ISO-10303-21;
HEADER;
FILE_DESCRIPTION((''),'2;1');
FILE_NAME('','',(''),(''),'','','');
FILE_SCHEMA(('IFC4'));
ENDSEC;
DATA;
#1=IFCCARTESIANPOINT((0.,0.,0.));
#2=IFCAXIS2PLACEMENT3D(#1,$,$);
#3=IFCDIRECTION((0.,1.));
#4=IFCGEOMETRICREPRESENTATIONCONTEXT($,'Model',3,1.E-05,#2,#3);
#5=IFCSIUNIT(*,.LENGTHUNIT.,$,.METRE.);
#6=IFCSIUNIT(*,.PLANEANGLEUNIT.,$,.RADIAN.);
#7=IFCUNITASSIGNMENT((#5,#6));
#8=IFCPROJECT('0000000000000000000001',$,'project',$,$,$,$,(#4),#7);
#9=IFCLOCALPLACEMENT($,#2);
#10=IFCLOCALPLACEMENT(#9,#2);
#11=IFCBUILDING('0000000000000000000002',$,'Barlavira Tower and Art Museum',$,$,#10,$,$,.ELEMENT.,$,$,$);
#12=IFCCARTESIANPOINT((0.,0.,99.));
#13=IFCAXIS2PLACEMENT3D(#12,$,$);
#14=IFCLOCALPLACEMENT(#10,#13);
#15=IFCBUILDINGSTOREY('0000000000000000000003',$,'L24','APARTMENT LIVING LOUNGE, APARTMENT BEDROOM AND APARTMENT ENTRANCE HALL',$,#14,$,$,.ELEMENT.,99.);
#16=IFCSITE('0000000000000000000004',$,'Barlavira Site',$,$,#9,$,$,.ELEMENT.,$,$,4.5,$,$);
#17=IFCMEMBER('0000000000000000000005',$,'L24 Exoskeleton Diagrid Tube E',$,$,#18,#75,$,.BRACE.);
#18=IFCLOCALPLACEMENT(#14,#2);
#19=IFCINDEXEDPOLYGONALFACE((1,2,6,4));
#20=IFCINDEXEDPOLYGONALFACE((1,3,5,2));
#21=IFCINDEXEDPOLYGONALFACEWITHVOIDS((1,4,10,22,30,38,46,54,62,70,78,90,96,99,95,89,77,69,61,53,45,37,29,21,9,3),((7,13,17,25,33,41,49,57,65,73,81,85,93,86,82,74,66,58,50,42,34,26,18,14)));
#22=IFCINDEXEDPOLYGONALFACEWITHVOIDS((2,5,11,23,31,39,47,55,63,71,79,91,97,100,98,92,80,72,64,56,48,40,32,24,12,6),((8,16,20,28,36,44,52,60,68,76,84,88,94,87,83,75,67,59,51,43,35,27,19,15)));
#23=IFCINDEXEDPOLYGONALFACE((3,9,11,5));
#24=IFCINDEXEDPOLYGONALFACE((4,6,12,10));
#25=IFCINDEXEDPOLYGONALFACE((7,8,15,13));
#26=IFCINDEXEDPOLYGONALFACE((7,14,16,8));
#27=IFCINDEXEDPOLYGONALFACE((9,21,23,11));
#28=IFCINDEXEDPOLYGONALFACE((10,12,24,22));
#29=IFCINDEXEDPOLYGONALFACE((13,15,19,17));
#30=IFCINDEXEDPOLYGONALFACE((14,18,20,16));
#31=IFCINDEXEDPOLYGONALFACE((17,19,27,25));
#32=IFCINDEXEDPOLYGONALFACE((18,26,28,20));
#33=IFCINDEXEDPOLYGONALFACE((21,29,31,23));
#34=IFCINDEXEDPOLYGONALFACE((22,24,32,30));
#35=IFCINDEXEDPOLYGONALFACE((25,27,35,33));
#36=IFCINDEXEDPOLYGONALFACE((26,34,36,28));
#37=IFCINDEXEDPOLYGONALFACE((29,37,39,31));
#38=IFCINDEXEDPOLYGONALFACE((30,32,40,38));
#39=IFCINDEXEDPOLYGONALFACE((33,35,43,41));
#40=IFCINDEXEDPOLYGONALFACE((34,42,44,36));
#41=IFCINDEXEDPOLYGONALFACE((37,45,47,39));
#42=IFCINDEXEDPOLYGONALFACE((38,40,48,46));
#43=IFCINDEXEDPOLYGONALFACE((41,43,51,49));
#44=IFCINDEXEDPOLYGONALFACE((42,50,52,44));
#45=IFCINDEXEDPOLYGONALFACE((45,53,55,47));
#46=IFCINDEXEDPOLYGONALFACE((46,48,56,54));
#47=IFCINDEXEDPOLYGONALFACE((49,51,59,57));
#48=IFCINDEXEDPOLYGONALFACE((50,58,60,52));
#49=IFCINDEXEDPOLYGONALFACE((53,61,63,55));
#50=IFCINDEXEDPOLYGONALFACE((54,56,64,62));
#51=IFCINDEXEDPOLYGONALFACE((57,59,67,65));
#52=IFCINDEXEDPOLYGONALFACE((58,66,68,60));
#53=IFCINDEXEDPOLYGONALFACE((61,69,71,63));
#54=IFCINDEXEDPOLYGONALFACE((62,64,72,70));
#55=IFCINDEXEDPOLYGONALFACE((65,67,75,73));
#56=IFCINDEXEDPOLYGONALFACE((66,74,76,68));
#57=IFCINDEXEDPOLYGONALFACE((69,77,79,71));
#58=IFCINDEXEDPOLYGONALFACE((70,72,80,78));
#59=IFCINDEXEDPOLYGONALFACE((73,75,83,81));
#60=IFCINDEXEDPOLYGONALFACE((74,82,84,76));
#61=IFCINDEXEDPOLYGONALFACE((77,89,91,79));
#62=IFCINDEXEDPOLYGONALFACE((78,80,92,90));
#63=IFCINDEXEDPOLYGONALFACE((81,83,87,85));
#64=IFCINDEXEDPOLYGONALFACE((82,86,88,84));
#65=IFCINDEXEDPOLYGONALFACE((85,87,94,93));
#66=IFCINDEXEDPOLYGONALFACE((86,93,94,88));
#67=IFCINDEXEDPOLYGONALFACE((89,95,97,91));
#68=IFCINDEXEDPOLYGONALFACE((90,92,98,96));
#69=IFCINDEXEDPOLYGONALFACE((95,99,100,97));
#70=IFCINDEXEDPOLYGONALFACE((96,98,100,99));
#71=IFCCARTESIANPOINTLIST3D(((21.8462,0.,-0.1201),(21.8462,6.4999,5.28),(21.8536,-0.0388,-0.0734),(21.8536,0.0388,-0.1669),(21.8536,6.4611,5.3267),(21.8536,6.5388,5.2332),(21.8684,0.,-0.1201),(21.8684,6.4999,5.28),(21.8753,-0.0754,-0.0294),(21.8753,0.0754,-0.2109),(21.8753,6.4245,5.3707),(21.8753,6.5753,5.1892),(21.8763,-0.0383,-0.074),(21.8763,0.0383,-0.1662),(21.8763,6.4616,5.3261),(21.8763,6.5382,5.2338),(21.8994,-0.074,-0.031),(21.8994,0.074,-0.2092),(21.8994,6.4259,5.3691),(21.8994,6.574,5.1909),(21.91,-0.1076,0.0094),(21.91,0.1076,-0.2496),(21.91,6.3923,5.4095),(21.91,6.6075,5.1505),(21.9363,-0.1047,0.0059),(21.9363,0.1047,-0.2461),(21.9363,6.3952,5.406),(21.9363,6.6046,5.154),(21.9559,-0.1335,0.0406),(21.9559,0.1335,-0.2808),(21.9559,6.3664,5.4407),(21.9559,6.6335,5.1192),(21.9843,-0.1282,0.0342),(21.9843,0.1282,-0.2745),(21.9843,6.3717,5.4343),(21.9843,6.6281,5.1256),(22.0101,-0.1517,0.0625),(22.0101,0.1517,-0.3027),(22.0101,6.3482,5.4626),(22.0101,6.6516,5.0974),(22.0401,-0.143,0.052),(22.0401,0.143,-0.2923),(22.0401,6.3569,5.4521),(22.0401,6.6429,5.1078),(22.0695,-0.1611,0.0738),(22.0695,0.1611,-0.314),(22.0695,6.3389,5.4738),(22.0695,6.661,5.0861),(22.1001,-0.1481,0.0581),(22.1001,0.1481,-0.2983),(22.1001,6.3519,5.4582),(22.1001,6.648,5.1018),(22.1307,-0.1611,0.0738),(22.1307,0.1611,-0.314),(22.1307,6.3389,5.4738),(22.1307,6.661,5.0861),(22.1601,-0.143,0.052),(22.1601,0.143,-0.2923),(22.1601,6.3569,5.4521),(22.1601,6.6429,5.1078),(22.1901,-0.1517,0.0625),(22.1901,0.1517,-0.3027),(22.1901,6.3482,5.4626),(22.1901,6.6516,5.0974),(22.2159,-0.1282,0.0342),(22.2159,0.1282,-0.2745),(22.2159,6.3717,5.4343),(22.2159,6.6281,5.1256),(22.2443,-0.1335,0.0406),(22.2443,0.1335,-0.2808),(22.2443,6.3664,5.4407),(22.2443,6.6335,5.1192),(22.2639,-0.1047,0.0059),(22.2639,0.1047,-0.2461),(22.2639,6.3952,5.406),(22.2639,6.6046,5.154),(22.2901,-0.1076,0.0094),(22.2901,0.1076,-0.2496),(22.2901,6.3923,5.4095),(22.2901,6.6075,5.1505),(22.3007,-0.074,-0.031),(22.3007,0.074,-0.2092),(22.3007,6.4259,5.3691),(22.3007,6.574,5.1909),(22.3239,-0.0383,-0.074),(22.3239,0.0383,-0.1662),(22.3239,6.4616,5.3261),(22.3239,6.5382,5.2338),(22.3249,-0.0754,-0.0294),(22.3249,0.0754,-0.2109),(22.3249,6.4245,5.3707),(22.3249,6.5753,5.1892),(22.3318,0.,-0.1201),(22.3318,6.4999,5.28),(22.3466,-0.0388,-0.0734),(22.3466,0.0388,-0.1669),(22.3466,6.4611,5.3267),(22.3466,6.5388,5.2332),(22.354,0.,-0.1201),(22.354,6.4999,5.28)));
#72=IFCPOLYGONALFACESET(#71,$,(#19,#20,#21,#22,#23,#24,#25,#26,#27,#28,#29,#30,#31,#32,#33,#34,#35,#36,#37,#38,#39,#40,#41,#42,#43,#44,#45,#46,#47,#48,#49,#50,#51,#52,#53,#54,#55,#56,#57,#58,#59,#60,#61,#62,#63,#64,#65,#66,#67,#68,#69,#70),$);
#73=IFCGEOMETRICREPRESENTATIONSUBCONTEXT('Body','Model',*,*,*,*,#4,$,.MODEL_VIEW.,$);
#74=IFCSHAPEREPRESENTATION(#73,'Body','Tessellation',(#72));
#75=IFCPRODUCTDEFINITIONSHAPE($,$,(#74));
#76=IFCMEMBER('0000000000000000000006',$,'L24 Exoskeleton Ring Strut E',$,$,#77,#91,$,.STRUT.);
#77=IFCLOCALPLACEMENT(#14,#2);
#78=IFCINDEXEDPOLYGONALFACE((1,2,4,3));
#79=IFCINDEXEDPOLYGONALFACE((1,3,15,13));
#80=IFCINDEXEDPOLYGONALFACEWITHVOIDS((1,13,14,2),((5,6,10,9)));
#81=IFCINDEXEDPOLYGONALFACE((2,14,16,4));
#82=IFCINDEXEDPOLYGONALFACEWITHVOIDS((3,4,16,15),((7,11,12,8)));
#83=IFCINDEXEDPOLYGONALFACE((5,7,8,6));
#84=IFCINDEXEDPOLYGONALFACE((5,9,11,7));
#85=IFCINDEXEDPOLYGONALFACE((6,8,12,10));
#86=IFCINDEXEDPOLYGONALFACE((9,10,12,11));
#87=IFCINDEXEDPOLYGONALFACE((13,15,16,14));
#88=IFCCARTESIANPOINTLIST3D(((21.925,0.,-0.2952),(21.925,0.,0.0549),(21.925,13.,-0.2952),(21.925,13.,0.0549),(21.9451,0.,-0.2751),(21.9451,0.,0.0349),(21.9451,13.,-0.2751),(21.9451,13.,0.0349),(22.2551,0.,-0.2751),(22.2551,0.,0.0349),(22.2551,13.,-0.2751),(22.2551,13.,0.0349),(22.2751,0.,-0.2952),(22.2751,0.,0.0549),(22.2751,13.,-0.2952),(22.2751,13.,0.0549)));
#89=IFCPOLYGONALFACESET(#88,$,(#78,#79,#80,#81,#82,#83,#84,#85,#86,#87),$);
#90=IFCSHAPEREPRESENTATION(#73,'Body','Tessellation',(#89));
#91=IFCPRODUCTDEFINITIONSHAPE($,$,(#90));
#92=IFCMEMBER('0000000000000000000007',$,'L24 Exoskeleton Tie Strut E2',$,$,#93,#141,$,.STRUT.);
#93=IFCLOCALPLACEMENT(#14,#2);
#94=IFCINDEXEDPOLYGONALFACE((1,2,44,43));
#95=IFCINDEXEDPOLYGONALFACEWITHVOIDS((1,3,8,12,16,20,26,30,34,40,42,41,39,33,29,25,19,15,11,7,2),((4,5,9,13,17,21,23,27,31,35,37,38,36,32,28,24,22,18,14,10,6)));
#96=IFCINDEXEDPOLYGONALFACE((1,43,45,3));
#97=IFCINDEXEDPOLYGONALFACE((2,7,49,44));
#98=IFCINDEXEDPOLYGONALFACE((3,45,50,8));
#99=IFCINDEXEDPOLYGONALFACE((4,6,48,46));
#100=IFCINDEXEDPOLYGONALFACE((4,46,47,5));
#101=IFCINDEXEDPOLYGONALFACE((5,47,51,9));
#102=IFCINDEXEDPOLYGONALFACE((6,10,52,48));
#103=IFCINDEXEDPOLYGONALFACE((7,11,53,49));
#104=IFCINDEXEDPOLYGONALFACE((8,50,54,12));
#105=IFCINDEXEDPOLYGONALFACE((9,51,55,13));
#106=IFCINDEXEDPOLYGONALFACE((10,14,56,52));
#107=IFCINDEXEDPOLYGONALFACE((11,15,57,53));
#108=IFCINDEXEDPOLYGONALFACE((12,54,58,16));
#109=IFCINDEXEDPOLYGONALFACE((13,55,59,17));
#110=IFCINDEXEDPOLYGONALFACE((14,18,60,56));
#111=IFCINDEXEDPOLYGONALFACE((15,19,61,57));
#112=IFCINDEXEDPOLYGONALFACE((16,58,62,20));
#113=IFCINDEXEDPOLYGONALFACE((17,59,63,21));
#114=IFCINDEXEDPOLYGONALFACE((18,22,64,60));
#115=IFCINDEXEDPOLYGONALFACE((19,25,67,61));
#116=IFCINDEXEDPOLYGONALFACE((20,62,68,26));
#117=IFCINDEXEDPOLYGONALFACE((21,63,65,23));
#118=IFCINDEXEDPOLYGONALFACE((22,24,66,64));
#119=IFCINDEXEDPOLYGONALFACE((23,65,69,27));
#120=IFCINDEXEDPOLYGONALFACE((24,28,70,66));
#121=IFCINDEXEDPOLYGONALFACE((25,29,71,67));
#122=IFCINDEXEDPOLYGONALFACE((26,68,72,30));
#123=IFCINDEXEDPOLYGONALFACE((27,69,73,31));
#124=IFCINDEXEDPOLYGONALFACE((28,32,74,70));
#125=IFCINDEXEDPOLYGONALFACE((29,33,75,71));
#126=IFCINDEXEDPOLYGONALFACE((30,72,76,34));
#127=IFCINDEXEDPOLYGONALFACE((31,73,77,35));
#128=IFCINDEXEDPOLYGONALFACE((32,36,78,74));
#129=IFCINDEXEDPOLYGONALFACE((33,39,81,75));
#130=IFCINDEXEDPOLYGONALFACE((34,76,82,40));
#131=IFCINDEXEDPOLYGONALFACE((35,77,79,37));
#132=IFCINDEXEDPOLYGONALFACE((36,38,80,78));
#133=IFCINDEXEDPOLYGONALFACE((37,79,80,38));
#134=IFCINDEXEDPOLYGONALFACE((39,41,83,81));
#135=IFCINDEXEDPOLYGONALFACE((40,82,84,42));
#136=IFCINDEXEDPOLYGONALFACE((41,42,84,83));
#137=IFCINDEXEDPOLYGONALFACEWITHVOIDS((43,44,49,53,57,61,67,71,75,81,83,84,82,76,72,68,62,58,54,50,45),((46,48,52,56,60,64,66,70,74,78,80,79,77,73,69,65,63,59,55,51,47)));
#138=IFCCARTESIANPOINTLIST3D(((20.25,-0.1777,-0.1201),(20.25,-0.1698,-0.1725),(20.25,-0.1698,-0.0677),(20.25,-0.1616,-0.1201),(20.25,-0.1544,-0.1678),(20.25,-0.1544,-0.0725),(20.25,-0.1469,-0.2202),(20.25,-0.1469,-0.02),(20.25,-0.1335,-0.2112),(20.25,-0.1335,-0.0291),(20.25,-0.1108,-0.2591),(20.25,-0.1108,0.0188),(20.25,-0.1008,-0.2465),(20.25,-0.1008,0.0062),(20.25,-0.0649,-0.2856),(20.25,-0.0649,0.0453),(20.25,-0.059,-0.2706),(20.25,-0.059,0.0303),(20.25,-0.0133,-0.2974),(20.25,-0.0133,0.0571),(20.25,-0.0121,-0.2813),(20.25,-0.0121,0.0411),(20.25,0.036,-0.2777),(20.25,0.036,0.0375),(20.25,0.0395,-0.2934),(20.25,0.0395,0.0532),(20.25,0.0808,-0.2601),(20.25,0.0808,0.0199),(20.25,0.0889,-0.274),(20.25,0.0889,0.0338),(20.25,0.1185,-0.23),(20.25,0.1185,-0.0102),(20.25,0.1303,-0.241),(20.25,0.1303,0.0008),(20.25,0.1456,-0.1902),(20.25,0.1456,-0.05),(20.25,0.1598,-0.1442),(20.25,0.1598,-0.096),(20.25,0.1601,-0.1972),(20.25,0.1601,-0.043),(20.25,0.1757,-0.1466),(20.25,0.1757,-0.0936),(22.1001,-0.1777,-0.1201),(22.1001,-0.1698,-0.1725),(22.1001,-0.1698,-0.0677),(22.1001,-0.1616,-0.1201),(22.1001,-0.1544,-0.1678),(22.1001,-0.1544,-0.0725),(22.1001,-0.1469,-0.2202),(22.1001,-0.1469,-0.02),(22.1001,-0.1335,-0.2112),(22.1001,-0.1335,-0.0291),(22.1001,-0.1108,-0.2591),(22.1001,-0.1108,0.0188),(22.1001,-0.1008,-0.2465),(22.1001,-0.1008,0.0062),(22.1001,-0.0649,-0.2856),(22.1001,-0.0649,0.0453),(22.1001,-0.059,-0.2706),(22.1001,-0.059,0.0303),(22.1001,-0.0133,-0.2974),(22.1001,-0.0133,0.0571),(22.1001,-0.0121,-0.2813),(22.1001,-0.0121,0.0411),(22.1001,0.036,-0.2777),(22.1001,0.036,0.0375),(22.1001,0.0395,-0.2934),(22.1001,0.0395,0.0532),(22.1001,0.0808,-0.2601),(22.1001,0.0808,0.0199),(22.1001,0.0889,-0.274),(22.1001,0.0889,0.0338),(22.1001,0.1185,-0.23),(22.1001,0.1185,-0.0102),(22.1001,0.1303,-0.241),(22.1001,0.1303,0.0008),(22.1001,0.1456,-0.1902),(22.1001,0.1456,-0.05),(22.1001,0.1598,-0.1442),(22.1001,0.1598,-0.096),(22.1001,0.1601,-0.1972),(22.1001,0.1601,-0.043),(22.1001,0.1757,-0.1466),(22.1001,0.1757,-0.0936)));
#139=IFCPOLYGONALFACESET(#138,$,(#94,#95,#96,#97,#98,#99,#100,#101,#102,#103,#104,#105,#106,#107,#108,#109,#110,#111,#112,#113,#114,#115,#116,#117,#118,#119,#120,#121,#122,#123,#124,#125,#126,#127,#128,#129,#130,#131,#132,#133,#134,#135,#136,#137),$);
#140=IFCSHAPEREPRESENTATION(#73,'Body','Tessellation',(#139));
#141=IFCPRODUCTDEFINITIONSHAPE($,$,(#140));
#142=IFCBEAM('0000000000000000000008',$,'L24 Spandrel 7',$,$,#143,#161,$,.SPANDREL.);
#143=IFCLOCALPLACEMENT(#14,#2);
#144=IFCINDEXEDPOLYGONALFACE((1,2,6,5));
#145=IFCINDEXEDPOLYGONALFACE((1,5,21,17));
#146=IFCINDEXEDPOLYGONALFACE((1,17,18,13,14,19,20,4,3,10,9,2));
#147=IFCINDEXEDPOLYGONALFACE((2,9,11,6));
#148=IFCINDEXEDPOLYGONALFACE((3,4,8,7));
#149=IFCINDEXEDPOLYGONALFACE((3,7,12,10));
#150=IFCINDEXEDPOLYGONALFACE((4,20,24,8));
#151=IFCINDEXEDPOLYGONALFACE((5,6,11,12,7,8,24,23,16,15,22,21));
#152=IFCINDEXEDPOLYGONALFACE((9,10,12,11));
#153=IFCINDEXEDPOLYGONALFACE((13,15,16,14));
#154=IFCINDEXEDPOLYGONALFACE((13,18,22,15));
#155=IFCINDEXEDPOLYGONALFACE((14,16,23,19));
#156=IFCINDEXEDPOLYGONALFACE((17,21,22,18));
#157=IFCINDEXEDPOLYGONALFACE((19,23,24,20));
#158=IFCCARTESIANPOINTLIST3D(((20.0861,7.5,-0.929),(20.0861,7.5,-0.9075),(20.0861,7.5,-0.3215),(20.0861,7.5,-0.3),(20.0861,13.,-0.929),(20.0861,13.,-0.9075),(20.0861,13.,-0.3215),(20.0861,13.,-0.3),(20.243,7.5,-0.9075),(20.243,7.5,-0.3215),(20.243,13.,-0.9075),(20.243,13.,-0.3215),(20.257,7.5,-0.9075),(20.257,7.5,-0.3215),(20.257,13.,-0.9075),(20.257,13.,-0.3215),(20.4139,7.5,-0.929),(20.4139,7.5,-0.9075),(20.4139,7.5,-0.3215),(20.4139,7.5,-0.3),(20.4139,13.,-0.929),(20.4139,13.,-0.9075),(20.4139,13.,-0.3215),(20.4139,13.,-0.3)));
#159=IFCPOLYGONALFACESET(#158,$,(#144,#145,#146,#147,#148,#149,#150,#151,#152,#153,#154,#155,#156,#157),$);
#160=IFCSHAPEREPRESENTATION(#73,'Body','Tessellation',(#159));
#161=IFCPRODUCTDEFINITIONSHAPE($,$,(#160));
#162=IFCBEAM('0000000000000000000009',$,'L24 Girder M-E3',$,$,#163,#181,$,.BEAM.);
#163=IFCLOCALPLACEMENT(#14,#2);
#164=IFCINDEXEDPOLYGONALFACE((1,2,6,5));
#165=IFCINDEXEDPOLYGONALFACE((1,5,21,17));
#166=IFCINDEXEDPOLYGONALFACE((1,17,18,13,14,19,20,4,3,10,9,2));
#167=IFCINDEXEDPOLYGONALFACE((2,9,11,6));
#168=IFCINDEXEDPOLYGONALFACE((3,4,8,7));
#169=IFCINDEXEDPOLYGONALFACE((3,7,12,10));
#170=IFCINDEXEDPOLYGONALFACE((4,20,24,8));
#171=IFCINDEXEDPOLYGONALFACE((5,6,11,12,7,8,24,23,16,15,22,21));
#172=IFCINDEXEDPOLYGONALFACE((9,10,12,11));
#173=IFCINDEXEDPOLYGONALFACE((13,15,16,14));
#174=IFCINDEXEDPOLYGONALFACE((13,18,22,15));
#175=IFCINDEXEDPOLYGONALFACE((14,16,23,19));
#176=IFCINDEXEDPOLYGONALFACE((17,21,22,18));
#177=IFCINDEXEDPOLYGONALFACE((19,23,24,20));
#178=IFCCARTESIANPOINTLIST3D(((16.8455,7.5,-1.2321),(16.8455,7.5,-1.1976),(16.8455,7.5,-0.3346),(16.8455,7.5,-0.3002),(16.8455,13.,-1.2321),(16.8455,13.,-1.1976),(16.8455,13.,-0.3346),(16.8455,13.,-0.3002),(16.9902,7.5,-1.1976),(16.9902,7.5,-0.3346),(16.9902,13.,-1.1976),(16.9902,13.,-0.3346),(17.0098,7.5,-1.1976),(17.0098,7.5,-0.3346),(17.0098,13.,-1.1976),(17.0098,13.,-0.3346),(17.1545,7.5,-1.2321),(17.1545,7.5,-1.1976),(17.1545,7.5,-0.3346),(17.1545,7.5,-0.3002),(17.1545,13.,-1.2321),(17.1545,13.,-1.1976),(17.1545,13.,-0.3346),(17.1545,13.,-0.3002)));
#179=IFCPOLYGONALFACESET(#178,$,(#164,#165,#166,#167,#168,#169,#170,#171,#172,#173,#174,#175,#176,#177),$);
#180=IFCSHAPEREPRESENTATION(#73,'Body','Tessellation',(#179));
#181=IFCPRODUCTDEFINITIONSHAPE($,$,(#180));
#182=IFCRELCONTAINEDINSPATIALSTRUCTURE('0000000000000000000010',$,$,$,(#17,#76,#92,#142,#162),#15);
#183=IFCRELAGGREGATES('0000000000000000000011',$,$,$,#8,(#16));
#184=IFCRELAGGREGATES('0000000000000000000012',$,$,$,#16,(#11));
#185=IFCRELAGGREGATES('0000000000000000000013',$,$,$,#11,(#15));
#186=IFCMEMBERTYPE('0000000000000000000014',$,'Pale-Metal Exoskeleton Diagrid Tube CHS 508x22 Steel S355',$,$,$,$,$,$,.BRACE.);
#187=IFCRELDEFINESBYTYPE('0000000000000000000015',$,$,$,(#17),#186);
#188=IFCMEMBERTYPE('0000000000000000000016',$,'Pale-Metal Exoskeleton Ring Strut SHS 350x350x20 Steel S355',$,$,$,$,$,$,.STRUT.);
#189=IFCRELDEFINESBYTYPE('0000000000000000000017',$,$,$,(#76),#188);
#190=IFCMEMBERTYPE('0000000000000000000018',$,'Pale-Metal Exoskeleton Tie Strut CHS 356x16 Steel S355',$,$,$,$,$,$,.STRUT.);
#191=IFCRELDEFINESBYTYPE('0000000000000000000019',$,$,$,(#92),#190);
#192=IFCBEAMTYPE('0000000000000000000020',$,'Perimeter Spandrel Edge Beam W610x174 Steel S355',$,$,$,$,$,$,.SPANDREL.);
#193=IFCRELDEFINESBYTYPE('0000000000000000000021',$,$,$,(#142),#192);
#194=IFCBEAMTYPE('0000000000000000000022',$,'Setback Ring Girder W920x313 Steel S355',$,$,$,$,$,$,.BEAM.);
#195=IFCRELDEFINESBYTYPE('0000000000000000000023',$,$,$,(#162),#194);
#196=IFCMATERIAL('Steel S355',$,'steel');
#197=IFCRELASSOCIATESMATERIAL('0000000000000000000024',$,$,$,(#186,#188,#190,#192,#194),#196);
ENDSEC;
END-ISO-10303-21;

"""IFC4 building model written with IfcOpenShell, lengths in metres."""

from ifc_helpers import new_model, si_unit, direction, frame, origin, origin_2d, place, context, subcontext, project, spatial, hollow_rectangle, hollow_circle, i_section, extrude, material, material_profile, profile_set, type_object, element, save


model = new_model("IFC4")

# Units and contexts
model_context = context("Model", 3, precision=1e-05, world=origin(), true_north=direction((0.0, 1.0)))
body_context = subcontext(model_context, "Body", "Model", "MODEL_VIEW")
ifc_project = project(units=[si_unit("LENGTHUNIT", "METRE"), si_unit("PLANEANGLEUNIT", "RADIAN")], contexts=[model_context])

# Site, building, storey
site_placement = place(None, origin())
site = spatial("IfcSite", under=ifc_project, at=site_placement, Name="Barlavira Site", CompositionType="ELEMENT", RefElevation=4.5)
building_placement = place(site_placement, origin())
building = spatial("IfcBuilding", under=site, at=building_placement, Name="Barlavira Tower and Art Museum", CompositionType="ELEMENT")
storey_placement = place(building_placement, frame((0.0, 0.0, 99.0)))
storey = spatial("IfcBuildingStorey", under=building, at=storey_placement, Name="L24", Description="APARTMENT LIVING LOUNGE, APARTMENT BEDROOM AND APARTMENT ENTRANCE HALL", CompositionType="ELEMENT", Elevation=99.0)

# Members
ifc_material_1 = material(Name="Steel S355", Category="steel")
ifc_material_profile_1 = material_profile(ifc_material_1, hollow_circle(Radius=0.2539, WallThickness=0.0222, at=origin_2d()), Name="CHS 508.0x22.2")
ifc_profile_set_1 = profile_set([ifc_material_profile_1], Name="Steel S355")
member_type_1 = type_object("IfcMemberType", Name="Pale-Metal Exoskeleton Diagrid Tube CHS 508x22 Steel S355", PredefinedType="BRACE", material=ifc_profile_set_1)
for number, where, z_axis, x_axis, name in (
    (1, (22.1001, 0.0, -0.1201), (0.0, 0.769182, 0.63903), (-1.0, 0.0, 0.0), "L24 Exoskeleton Diagrid Tube E"),
):
    element("IfcMember", number, at=place(storey_placement, frame(where, z_axis=z_axis, x_axis=x_axis)), inside=storey, type_object=member_type_1, Name=name, PredefinedType="BRACE", context=body_context, shape_type="SweptSolid", body=[
        extrude(hollow_circle(Radius=0.2539, WallThickness=0.0222, at=origin_2d()), origin(), (0.0, 0.0, 1.0), 8.4504),
    ])
ifc_material_profile_2 = material_profile(ifc_material_1, hollow_rectangle(XDim=0.3501, YDim=0.3501, WallThickness=0.02, at=origin_2d()), Name="SHS 350x350x20.0")
ifc_profile_set_2 = profile_set([ifc_material_profile_2], Name="Steel S355")
member_type_2 = type_object("IfcMemberType", Name="Pale-Metal Exoskeleton Ring Strut SHS 350x350x20 Steel S355", PredefinedType="STRUT", material=ifc_profile_set_2)
member_1_placement = place(storey_placement, frame((22.1001, 0.0, -0.1201), z_axis=(0.0, 1.0, 0.0), x_axis=(-1.0, 0.0, 0.0)))
element("IfcMember", 2, at=member_1_placement, inside=storey, type_object=member_type_2, Name="L24 Exoskeleton Ring Strut E", PredefinedType="STRUT", context=body_context, shape_type="SweptSolid", body=[
    extrude(hollow_rectangle(XDim=0.3501, YDim=0.3501, WallThickness=0.02, at=origin_2d()), origin(), (0.0, 0.0, 1.0), 13.0),
])
ifc_material_profile_3 = material_profile(ifc_material_1, hollow_circle(Radius=0.1777, WallThickness=0.0161, at=origin_2d()), Name="CHS 355.6x16.0")
ifc_profile_set_3 = profile_set([ifc_material_profile_3], Name="Steel S355")
member_type_3 = type_object("IfcMemberType", Name="Pale-Metal Exoskeleton Tie Strut CHS 356x16 Steel S355", PredefinedType="STRUT", material=ifc_profile_set_3)
member_2_placement = place(storey_placement, frame((22.1001, 0.0, -0.1201), z_axis=(-1.0, 0.0, 0.0), x_axis=(0.0, -1.0, 0.0)))
element("IfcMember", 3, at=member_2_placement, inside=storey, type_object=member_type_3, Name="L24 Exoskeleton Tie Strut E2", PredefinedType="STRUT", context=body_context, shape_type="SweptSolid", body=[
    extrude(hollow_circle(Radius=0.1777, WallThickness=0.0161, at=origin_2d()), origin(), (0.0, 0.0, 1.0), 1.8501),
])

# Beams
ifc_material_profile_4 = material_profile(ifc_material_1, i_section(OverallWidth=0.3279, OverallDepth=0.6289, WebThickness=0.0139, FlangeThickness=0.0215, at=origin_2d()), Name="W610x174.0")
ifc_profile_set_4 = profile_set([ifc_material_profile_4], Name="Steel S355")
beam_type_1 = type_object("IfcBeamType", Name="Perimeter Spandrel Edge Beam W610x174 Steel S355", PredefinedType="SPANDREL", material=ifc_profile_set_4)
beam_1_placement = place(storey_placement, frame((20.25, 7.5, -0.6145), z_axis=(0.0, 1.0, 0.0), x_axis=(-1.0, 0.0, 0.0)))
element("IfcBeam", 4, at=beam_1_placement, inside=storey, type_object=beam_type_1, Name="L24 Spandrel 7", PredefinedType="SPANDREL", context=body_context, shape_type="SweptSolid", body=[
    extrude(i_section(OverallWidth=0.3279, OverallDepth=0.6289, WebThickness=0.0139, FlangeThickness=0.0215, at=origin_2d()), origin(), (0.0, 0.0, 1.0), 5.5),
])
ifc_material_profile_5 = material_profile(ifc_material_1, i_section(OverallWidth=0.3091, OverallDepth=0.9319, WebThickness=0.0195, FlangeThickness=0.0344, at=origin_2d()), Name="W920x313.0")
ifc_profile_set_5 = profile_set([ifc_material_profile_5], Name="Steel S355")
beam_type_2 = type_object("IfcBeamType", Name="Setback Ring Girder W920x313 Steel S355", PredefinedType="BEAM", material=ifc_profile_set_5)
beam_2_placement = place(storey_placement, frame((17.0, 7.5, -0.7661), z_axis=(0.0, 1.0, 0.0), x_axis=(-1.0, 0.0, 0.0)))
element("IfcBeam", 5, at=beam_2_placement, inside=storey, type_object=beam_type_2, Name="L24 Girder M-E3", PredefinedType="BEAM", context=body_context, shape_type="SweptSolid", body=[
    extrude(i_section(OverallWidth=0.3091, OverallDepth=0.9319, WebThickness=0.0195, FlangeThickness=0.0344, at=origin_2d()), origin(), (0.0, 0.0, 1.0), 5.5),
])

save(model, "model.ifc")
